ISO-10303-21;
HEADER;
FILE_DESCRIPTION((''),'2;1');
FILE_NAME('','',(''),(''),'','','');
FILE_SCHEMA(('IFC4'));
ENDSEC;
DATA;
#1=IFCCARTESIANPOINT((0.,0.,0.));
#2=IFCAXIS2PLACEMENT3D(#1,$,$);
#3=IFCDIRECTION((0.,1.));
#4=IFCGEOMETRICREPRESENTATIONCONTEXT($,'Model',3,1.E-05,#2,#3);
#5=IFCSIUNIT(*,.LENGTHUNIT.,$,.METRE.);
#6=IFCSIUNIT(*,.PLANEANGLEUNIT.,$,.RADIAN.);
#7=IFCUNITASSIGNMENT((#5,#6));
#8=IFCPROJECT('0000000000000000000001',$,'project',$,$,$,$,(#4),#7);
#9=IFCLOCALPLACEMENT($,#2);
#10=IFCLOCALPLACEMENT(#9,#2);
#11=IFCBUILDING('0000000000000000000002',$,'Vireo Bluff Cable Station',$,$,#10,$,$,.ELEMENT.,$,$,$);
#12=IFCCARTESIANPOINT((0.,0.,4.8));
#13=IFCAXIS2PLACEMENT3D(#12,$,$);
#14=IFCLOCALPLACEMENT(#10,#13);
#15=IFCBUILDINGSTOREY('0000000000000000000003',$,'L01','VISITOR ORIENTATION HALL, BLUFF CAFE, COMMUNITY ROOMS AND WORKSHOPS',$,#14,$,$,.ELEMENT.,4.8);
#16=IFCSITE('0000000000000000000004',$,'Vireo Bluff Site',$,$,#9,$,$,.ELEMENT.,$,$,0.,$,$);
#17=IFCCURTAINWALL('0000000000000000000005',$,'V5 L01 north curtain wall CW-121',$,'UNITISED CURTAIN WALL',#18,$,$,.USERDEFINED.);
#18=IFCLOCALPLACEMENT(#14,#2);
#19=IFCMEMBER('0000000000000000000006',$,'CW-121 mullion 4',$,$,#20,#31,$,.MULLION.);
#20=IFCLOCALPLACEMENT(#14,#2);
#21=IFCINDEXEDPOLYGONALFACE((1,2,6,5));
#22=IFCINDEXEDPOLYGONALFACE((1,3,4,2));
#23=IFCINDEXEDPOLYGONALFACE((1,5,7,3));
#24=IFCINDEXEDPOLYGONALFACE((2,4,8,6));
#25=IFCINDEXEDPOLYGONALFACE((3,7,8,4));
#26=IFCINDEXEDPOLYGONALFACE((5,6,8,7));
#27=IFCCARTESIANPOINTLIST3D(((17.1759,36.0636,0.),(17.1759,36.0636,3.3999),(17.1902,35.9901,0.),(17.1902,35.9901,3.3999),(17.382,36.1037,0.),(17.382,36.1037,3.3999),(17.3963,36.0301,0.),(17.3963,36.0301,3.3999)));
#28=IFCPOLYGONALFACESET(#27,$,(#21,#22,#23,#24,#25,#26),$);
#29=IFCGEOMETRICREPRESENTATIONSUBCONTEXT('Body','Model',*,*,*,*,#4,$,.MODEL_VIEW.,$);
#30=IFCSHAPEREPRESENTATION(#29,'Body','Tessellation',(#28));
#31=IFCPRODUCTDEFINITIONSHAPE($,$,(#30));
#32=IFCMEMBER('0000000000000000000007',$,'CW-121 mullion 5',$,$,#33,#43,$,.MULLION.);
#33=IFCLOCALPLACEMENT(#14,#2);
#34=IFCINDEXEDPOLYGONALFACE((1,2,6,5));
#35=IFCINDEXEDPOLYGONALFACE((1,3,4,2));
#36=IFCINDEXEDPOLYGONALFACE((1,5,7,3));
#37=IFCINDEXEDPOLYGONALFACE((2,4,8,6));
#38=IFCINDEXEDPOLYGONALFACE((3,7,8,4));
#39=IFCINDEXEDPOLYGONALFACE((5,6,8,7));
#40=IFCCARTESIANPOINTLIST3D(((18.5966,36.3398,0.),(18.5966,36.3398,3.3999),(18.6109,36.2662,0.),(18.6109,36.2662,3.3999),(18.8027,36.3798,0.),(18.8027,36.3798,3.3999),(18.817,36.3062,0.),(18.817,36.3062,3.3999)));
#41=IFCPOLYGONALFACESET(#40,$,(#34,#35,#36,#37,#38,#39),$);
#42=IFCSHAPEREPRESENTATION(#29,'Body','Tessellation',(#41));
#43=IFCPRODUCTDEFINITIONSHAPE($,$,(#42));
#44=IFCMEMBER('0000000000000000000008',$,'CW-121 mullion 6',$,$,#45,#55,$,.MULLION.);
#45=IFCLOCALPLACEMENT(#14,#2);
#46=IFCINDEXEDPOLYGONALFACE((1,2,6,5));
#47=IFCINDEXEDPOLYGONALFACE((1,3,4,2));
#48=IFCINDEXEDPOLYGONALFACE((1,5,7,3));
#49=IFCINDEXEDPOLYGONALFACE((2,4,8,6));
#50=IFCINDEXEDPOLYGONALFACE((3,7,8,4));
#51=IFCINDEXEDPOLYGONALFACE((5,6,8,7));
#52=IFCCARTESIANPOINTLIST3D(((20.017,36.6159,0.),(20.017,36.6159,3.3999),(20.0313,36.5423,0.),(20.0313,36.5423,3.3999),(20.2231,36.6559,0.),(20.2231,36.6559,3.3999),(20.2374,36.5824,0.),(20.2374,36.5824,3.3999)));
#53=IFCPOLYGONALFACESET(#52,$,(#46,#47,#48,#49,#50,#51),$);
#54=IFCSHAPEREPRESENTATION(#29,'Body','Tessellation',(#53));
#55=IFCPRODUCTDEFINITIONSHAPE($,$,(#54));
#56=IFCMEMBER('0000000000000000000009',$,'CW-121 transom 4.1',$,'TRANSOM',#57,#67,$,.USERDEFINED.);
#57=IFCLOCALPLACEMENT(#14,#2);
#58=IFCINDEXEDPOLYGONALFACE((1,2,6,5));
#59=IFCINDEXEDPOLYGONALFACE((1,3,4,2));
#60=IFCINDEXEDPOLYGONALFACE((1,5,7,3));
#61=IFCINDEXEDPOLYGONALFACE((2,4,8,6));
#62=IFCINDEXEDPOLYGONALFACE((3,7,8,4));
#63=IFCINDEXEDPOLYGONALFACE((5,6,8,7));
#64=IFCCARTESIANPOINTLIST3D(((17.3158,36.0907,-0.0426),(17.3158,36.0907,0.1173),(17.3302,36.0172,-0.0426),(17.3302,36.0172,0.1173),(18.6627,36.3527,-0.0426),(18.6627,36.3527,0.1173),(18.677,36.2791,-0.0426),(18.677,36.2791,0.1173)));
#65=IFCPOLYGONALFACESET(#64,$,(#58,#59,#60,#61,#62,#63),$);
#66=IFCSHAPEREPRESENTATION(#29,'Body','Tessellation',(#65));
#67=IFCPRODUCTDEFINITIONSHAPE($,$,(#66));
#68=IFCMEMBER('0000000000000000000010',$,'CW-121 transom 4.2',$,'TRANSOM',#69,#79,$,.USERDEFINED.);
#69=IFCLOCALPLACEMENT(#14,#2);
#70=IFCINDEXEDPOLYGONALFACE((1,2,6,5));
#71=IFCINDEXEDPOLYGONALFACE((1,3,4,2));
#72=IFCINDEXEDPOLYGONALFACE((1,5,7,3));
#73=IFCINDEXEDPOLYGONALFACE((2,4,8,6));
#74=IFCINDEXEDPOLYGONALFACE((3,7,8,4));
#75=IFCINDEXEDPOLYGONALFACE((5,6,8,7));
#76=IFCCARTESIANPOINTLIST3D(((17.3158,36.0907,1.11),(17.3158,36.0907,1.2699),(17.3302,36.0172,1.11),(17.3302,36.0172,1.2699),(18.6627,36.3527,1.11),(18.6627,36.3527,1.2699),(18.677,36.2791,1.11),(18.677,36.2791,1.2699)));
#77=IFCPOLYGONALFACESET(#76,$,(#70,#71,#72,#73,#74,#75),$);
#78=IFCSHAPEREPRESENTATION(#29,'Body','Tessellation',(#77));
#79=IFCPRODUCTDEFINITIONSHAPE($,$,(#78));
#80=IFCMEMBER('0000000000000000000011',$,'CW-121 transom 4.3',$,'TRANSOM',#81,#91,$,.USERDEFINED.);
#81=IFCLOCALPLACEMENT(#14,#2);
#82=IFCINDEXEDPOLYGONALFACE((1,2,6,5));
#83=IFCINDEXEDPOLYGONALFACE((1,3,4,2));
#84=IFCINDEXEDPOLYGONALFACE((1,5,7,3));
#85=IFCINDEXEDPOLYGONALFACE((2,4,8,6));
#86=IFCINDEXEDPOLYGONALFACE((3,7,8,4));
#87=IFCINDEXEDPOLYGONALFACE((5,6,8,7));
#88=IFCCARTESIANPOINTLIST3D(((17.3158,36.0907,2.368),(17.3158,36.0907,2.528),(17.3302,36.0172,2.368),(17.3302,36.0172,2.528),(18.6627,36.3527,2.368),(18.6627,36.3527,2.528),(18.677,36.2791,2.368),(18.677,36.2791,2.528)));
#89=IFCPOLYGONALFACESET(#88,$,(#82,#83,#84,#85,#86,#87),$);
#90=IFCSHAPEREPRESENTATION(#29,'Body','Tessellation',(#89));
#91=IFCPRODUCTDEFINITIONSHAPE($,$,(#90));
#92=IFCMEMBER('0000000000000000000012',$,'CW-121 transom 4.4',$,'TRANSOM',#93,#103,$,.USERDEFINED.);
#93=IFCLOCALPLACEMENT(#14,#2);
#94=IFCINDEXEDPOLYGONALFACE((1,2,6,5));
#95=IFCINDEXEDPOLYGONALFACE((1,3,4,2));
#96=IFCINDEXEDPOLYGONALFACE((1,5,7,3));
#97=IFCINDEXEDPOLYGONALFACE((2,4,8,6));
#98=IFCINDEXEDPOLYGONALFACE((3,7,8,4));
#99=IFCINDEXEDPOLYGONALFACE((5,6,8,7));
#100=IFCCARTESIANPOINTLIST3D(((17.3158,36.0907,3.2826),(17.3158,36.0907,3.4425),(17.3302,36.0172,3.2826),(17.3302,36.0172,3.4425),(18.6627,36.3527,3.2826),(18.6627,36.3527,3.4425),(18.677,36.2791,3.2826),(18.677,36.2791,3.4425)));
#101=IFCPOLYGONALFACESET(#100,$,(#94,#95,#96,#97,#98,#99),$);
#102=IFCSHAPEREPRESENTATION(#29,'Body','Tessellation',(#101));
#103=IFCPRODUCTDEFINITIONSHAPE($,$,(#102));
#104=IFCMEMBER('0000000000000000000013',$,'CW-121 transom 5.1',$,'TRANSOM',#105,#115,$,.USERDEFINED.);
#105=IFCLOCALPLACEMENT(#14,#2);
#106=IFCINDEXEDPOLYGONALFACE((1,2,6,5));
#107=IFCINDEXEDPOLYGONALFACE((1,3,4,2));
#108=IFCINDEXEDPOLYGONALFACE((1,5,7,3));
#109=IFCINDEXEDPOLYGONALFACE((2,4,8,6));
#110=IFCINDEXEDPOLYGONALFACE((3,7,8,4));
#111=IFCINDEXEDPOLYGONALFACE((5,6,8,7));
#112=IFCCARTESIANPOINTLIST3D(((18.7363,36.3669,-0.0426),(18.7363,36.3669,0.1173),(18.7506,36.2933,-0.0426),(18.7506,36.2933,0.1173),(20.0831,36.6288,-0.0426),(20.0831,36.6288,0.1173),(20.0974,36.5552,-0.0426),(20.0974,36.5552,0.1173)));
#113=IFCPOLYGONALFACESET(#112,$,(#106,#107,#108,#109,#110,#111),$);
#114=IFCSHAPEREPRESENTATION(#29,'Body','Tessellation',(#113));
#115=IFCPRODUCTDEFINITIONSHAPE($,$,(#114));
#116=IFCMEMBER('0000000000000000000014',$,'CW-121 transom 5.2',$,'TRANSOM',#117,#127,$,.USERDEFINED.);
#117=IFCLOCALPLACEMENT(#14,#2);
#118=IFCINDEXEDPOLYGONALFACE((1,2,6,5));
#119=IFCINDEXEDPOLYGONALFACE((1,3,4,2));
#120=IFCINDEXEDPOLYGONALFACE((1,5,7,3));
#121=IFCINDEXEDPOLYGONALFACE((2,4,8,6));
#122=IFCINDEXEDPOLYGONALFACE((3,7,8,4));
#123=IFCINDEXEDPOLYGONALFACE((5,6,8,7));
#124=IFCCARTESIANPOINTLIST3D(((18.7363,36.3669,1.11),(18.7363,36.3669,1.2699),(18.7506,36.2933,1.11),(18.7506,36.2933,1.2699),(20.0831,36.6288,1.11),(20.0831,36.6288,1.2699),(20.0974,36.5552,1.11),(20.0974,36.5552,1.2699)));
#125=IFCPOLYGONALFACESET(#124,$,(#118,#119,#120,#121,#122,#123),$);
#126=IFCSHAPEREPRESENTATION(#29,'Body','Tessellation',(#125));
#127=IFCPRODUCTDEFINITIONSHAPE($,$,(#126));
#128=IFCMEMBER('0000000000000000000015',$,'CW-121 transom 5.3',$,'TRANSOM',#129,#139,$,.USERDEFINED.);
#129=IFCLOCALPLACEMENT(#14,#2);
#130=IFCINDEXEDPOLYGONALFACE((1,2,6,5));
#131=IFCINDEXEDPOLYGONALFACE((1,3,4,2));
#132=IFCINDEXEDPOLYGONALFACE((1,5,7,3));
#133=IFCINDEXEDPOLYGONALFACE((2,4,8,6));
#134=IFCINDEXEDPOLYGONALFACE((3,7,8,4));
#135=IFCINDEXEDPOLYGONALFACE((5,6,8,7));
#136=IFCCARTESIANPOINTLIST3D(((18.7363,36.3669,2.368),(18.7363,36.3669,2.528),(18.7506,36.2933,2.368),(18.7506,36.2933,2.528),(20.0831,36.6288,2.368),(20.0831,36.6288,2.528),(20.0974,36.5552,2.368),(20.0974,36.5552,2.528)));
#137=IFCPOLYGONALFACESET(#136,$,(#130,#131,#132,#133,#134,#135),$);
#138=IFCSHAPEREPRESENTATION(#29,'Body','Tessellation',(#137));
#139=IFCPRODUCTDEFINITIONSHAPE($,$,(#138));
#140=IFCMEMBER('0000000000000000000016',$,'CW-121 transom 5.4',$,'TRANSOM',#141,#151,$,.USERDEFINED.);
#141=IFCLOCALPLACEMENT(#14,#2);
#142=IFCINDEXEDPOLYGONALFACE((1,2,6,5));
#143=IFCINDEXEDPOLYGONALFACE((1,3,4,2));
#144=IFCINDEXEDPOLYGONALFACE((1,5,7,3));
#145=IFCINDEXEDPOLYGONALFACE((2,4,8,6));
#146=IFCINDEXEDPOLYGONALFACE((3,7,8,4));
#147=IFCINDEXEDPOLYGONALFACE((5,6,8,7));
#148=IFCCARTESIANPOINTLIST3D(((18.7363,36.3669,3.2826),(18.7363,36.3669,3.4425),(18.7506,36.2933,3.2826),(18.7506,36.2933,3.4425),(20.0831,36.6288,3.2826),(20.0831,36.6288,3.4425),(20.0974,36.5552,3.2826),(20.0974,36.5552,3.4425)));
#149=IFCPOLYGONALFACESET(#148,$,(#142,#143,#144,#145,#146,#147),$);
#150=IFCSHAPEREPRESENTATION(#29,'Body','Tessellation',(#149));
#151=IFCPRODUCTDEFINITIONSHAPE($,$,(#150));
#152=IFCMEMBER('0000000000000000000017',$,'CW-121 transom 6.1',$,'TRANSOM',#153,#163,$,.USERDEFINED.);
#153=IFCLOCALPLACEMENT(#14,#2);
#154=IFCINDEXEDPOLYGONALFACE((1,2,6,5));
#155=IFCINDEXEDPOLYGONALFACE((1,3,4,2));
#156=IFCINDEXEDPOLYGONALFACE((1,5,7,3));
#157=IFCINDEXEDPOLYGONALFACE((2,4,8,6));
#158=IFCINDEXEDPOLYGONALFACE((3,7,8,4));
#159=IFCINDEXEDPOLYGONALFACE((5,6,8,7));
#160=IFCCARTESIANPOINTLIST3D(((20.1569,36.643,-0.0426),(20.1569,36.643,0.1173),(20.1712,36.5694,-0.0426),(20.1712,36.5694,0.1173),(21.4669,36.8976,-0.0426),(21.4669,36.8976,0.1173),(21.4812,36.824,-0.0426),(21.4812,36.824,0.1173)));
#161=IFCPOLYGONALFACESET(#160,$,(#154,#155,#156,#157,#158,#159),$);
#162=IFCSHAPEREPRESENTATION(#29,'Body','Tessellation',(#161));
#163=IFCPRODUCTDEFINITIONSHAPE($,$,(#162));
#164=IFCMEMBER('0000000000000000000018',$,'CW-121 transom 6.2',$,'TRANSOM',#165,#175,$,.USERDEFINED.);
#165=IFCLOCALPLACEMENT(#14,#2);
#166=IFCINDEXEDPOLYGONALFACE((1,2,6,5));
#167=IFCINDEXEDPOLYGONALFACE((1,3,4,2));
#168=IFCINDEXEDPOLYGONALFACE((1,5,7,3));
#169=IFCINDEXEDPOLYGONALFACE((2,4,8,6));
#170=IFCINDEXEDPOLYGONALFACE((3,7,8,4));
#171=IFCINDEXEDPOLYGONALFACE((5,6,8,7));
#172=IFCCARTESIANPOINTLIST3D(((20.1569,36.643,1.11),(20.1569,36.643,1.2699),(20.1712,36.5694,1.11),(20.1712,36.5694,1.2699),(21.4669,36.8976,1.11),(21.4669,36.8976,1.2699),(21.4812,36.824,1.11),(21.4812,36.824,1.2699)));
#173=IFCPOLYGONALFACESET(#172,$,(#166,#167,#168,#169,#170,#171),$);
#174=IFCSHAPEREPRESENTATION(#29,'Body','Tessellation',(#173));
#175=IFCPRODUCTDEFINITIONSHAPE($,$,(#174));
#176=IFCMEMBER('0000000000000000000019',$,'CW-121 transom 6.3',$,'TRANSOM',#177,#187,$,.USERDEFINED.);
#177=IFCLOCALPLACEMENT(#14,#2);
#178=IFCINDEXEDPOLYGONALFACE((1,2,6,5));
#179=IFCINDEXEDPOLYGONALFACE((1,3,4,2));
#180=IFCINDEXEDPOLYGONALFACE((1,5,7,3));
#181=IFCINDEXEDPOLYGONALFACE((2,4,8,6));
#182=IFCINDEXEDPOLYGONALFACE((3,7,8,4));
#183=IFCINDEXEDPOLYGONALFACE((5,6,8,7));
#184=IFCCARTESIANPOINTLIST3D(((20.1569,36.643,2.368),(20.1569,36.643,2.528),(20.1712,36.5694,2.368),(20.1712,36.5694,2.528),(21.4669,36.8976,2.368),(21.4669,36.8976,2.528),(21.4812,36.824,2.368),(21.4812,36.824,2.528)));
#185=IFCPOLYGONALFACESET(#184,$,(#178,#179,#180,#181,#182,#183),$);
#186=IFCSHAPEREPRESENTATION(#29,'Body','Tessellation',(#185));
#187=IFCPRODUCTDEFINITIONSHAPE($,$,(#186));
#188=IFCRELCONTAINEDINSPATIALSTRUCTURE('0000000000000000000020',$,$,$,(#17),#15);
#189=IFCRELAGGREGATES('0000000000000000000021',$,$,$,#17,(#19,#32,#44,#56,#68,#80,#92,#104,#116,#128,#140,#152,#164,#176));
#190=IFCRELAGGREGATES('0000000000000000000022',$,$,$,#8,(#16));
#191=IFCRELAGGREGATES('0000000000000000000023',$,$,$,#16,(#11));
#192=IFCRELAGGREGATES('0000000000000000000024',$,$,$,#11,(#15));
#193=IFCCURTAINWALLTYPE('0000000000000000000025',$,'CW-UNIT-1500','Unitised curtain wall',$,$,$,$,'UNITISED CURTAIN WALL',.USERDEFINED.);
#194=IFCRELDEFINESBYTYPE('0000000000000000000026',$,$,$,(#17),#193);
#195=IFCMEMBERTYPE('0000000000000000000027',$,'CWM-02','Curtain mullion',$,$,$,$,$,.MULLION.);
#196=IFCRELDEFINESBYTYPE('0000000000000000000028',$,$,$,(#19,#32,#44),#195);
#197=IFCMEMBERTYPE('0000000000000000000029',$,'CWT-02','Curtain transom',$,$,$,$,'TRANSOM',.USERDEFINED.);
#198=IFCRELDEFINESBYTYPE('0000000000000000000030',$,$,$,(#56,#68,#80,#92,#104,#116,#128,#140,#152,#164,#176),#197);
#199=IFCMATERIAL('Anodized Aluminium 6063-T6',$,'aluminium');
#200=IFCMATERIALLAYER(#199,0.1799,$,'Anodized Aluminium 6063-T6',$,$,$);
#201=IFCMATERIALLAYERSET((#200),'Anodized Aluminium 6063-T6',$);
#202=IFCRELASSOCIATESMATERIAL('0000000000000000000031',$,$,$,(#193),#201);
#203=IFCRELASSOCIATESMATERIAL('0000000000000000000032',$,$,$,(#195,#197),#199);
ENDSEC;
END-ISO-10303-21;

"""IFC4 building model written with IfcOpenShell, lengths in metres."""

from ifc_helpers import new_model, si_unit, direction, frame, origin, origin_2d, place, context, subcontext, project, spatial, rectangle, extrude, material, layer, layer_set, material_profile, profile_set, type_object, element, aggregate, save


model = new_model("IFC4")

# Units and contexts
model_context = context("Model", 3, precision=1e-05, world=origin(), true_north=direction((0.0, 1.0)))
body_context = subcontext(model_context, "Body", "Model", "MODEL_VIEW")
ifc_project = project(units=[si_unit("LENGTHUNIT", "METRE"), si_unit("PLANEANGLEUNIT", "RADIAN")], contexts=[model_context])

# Site, building, storey
site_placement = place(None, origin())
site = spatial("IfcSite", under=ifc_project, at=site_placement, Name="Vireo Bluff Site", CompositionType="ELEMENT", RefElevation=0.0)
building_placement = place(site_placement, origin())
building = spatial("IfcBuilding", under=site, at=building_placement, Name="Vireo Bluff Cable Station", CompositionType="ELEMENT")
storey_placement = place(building_placement, frame((0.0, 0.0, 4.8)))
storey = spatial("IfcBuildingStorey", under=building, at=storey_placement, Name="L01", Description="VISITOR ORIENTATION HALL, BLUFF CAFE, COMMUNITY ROOMS AND WORKSHOPS", CompositionType="ELEMENT", Elevation=4.8)

# Curtain wall, members
ifc_material_1 = material(Name="Anodized Aluminium 6063-T6", Category="aluminium")
ifc_layer_1 = layer(ifc_material_1, 0.1799, Name="Anodized Aluminium 6063-T6")
ifc_layer_set_1 = layer_set([ifc_layer_1], Name="Anodized Aluminium 6063-T6")
curtain_wall_type = type_object("IfcCurtainWallType", Name="CW-UNIT-1500", Description="Unitised curtain wall", ElementType="UNITISED CURTAIN WALL", PredefinedType="USERDEFINED", material=ifc_layer_set_1)
curtain_wall_placement = place(storey_placement, origin())
curtain_wall = element("IfcCurtainWall", 1, at=curtain_wall_placement, inside=storey, type_object=curtain_wall_type, Name="V5 L01 north curtain wall CW-121", ObjectType="UNITISED CURTAIN WALL", PredefinedType="USERDEFINED")
ifc_material_profile_1 = material_profile(ifc_material_1, rectangle(XDim=0.075, YDim=0.21, at=origin_2d()), Name="ALU-M-75X210")
ifc_profile_set_1 = profile_set([ifc_material_profile_1], Name="Anodized Aluminium 6063-T6")
member_type_1 = type_object("IfcMemberType", Name="CWM-02", Description="Curtain mullion", PredefinedType="MULLION", material=ifc_profile_set_1)
member_1_placement = place(storey_placement, frame((17.2861, 36.0469, 0.0), z_axis=(0.0, 0.0, 1.0), x_axis=(-0.190809, 0.981627, 0.0)))
member_1 = element("IfcMember", 2, at=member_1_placement, type_object=member_type_1, Name="CW-121 mullion 4", PredefinedType="MULLION", context=body_context, shape_type="SweptSolid", body=[
    extrude(rectangle(XDim=0.075, YDim=0.21, at=origin_2d()), origin(), (0.0, 0.0, 1.0), 3.3999),
])
member_2_placement = place(storey_placement, frame((18.7068, 36.323, 0.0), z_axis=(0.0, 0.0, 1.0), x_axis=(-0.190809, 0.981627, 0.0)))
member_2 = element("IfcMember", 3, at=member_2_placement, type_object=member_type_1, Name="CW-121 mullion 5", PredefinedType="MULLION", context=body_context, shape_type="SweptSolid", body=[
    extrude(rectangle(XDim=0.075, YDim=0.21, at=origin_2d()), origin(), (0.0, 0.0, 1.0), 3.3999),
])
member_3_placement = place(storey_placement, frame((20.1272, 36.5991, 0.0), z_axis=(0.0, 0.0, 1.0), x_axis=(-0.190809, 0.981627, 0.0)))
member_3 = element("IfcMember", 4, at=member_3_placement, type_object=member_type_1, Name="CW-121 mullion 6", PredefinedType="MULLION", context=body_context, shape_type="SweptSolid", body=[
    extrude(rectangle(XDim=0.075, YDim=0.21, at=origin_2d()), origin(), (0.0, 0.0, 1.0), 3.3999),
])
ifc_material_profile_2 = material_profile(ifc_material_1, rectangle(XDim=0.075, YDim=0.1599, at=origin_2d()), Name="ALU-T-75X160")
ifc_profile_set_2 = profile_set([ifc_material_profile_2], Name="Anodized Aluminium 6063-T6")
member_type_2 = type_object("IfcMemberType", Name="CWT-02", Description="Curtain transom", ElementType="TRANSOM", PredefinedType="USERDEFINED", material=ifc_profile_set_2)
member_4_placement = place(storey_placement, frame((17.323, 36.054, 0.0374), z_axis=(0.981607, 0.190913, 0.0), x_axis=(-0.190913, 0.981607, 0.0)))
member_4 = element("IfcMember", 5, at=member_4_placement, type_object=member_type_2, Name="CW-121 transom 4.1", ObjectType="TRANSOM", PredefinedType="USERDEFINED", context=body_context, shape_type="SweptSolid", body=[
    extrude(rectangle(XDim=0.075, YDim=0.1599, at=origin_2d()), origin(), (0.0, 0.0, 1.0), 1.3721),
])
member_5_placement = place(storey_placement, frame((17.323, 36.054, 1.1899), z_axis=(0.981607, 0.190913, 0.0), x_axis=(-0.190913, 0.981607, 0.0)))
member_5 = element("IfcMember", 6, at=member_5_placement, type_object=member_type_2, Name="CW-121 transom 4.2", ObjectType="TRANSOM", PredefinedType="USERDEFINED", context=body_context, shape_type="SweptSolid", body=[
    extrude(rectangle(XDim=0.075, YDim=0.1599, at=origin_2d()), origin(), (0.0, 0.0, 1.0), 1.3721),
])
member_6_placement = place(storey_placement, frame((17.323, 36.054, 2.448), z_axis=(0.981607, 0.190913, 0.0), x_axis=(-0.190913, 0.981607, 0.0)))
member_6 = element("IfcMember", 7, at=member_6_placement, type_object=member_type_2, Name="CW-121 transom 4.3", ObjectType="TRANSOM", PredefinedType="USERDEFINED", context=body_context, shape_type="SweptSolid", body=[
    extrude(rectangle(XDim=0.075, YDim=0.1599, at=origin_2d()), origin(), (0.0, 0.0, 1.0), 1.3721),
])
member_7_placement = place(storey_placement, frame((17.323, 36.054, 3.3625), z_axis=(0.981607, 0.190913, 0.0), x_axis=(-0.190913, 0.981607, 0.0)))
member_7 = element("IfcMember", 8, at=member_7_placement, type_object=member_type_2, Name="CW-121 transom 4.4", ObjectType="TRANSOM", PredefinedType="USERDEFINED", context=body_context, shape_type="SweptSolid", body=[
    extrude(rectangle(XDim=0.075, YDim=0.1599, at=origin_2d()), origin(), (0.0, 0.0, 1.0), 1.3721),
])
member_8_placement = place(storey_placement, frame((18.7434, 36.3301, 0.0374), z_axis=(0.981607, 0.190913, 0.0), x_axis=(-0.190913, 0.981607, 0.0)))
member_8 = element("IfcMember", 9, at=member_8_placement, type_object=member_type_2, Name="CW-121 transom 5.1", ObjectType="TRANSOM", PredefinedType="USERDEFINED", context=body_context, shape_type="SweptSolid", body=[
    extrude(rectangle(XDim=0.075, YDim=0.1599, at=origin_2d()), origin(), (0.0, 0.0, 1.0), 1.3721),
])
member_9_placement = place(storey_placement, frame((18.7434, 36.3301, 1.1899), z_axis=(0.981607, 0.190913, 0.0), x_axis=(-0.190913, 0.981607, 0.0)))
member_9 = element("IfcMember", 10, at=member_9_placement, type_object=member_type_2, Name="CW-121 transom 5.2", ObjectType="TRANSOM", PredefinedType="USERDEFINED", context=body_context, shape_type="SweptSolid", body=[
    extrude(rectangle(XDim=0.075, YDim=0.1599, at=origin_2d()), origin(), (0.0, 0.0, 1.0), 1.3721),
])
member_10_placement = place(storey_placement, frame((18.7434, 36.3301, 2.448), z_axis=(0.981607, 0.190913, 0.0), x_axis=(-0.190913, 0.981607, 0.0)))
member_10 = element("IfcMember", 11, at=member_10_placement, type_object=member_type_2, Name="CW-121 transom 5.3", ObjectType="TRANSOM", PredefinedType="USERDEFINED", context=body_context, shape_type="SweptSolid", body=[
    extrude(rectangle(XDim=0.075, YDim=0.1599, at=origin_2d()), origin(), (0.0, 0.0, 1.0), 1.3721),
])
member_11_placement = place(storey_placement, frame((18.7434, 36.3301, 3.3625), z_axis=(0.981607, 0.190913, 0.0), x_axis=(-0.190913, 0.981607, 0.0)))
member_11 = element("IfcMember", 12, at=member_11_placement, type_object=member_type_2, Name="CW-121 transom 5.4", ObjectType="TRANSOM", PredefinedType="USERDEFINED", context=body_context, shape_type="SweptSolid", body=[
    extrude(rectangle(XDim=0.075, YDim=0.1599, at=origin_2d()), origin(), (0.0, 0.0, 1.0), 1.3721),
])
member_12_placement = place(storey_placement, frame((20.1641, 36.6062, 0.0374), z_axis=(0.981629, 0.190801, 0.0), x_axis=(-0.190801, 0.981629, 0.0)))
member_12 = element("IfcMember", 13, at=member_12_placement, type_object=member_type_2, Name="CW-121 transom 6.1", ObjectType="TRANSOM", PredefinedType="USERDEFINED", context=body_context, shape_type="SweptSolid", body=[
    extrude(rectangle(XDim=0.075, YDim=0.1599, at=origin_2d()), origin(), (0.0, 0.0, 1.0), 1.3345),
])
member_13_placement = place(storey_placement, frame((20.1641, 36.6062, 1.1899), z_axis=(0.981629, 0.190801, 0.0), x_axis=(-0.190801, 0.981629, 0.0)))
member_13 = element("IfcMember", 14, at=member_13_placement, type_object=member_type_2, Name="CW-121 transom 6.2", ObjectType="TRANSOM", PredefinedType="USERDEFINED", context=body_context, shape_type="SweptSolid", body=[
    extrude(rectangle(XDim=0.075, YDim=0.1599, at=origin_2d()), origin(), (0.0, 0.0, 1.0), 1.3345),
])
member_14_placement = place(storey_placement, frame((20.1641, 36.6062, 2.448), z_axis=(0.981629, 0.190801, 0.0), x_axis=(-0.190801, 0.981629, 0.0)))
member_14 = element("IfcMember", 15, at=member_14_placement, type_object=member_type_2, Name="CW-121 transom 6.3", ObjectType="TRANSOM", PredefinedType="USERDEFINED", context=body_context, shape_type="SweptSolid", body=[
    extrude(rectangle(XDim=0.075, YDim=0.1599, at=origin_2d()), origin(), (0.0, 0.0, 1.0), 1.3345),
])
aggregate(curtain_wall, [member_1, member_2, member_3, member_4, member_5, member_6, member_7, member_8, member_9, member_10, member_11, member_12, member_13, member_14])

save(model, "model.ifc")
